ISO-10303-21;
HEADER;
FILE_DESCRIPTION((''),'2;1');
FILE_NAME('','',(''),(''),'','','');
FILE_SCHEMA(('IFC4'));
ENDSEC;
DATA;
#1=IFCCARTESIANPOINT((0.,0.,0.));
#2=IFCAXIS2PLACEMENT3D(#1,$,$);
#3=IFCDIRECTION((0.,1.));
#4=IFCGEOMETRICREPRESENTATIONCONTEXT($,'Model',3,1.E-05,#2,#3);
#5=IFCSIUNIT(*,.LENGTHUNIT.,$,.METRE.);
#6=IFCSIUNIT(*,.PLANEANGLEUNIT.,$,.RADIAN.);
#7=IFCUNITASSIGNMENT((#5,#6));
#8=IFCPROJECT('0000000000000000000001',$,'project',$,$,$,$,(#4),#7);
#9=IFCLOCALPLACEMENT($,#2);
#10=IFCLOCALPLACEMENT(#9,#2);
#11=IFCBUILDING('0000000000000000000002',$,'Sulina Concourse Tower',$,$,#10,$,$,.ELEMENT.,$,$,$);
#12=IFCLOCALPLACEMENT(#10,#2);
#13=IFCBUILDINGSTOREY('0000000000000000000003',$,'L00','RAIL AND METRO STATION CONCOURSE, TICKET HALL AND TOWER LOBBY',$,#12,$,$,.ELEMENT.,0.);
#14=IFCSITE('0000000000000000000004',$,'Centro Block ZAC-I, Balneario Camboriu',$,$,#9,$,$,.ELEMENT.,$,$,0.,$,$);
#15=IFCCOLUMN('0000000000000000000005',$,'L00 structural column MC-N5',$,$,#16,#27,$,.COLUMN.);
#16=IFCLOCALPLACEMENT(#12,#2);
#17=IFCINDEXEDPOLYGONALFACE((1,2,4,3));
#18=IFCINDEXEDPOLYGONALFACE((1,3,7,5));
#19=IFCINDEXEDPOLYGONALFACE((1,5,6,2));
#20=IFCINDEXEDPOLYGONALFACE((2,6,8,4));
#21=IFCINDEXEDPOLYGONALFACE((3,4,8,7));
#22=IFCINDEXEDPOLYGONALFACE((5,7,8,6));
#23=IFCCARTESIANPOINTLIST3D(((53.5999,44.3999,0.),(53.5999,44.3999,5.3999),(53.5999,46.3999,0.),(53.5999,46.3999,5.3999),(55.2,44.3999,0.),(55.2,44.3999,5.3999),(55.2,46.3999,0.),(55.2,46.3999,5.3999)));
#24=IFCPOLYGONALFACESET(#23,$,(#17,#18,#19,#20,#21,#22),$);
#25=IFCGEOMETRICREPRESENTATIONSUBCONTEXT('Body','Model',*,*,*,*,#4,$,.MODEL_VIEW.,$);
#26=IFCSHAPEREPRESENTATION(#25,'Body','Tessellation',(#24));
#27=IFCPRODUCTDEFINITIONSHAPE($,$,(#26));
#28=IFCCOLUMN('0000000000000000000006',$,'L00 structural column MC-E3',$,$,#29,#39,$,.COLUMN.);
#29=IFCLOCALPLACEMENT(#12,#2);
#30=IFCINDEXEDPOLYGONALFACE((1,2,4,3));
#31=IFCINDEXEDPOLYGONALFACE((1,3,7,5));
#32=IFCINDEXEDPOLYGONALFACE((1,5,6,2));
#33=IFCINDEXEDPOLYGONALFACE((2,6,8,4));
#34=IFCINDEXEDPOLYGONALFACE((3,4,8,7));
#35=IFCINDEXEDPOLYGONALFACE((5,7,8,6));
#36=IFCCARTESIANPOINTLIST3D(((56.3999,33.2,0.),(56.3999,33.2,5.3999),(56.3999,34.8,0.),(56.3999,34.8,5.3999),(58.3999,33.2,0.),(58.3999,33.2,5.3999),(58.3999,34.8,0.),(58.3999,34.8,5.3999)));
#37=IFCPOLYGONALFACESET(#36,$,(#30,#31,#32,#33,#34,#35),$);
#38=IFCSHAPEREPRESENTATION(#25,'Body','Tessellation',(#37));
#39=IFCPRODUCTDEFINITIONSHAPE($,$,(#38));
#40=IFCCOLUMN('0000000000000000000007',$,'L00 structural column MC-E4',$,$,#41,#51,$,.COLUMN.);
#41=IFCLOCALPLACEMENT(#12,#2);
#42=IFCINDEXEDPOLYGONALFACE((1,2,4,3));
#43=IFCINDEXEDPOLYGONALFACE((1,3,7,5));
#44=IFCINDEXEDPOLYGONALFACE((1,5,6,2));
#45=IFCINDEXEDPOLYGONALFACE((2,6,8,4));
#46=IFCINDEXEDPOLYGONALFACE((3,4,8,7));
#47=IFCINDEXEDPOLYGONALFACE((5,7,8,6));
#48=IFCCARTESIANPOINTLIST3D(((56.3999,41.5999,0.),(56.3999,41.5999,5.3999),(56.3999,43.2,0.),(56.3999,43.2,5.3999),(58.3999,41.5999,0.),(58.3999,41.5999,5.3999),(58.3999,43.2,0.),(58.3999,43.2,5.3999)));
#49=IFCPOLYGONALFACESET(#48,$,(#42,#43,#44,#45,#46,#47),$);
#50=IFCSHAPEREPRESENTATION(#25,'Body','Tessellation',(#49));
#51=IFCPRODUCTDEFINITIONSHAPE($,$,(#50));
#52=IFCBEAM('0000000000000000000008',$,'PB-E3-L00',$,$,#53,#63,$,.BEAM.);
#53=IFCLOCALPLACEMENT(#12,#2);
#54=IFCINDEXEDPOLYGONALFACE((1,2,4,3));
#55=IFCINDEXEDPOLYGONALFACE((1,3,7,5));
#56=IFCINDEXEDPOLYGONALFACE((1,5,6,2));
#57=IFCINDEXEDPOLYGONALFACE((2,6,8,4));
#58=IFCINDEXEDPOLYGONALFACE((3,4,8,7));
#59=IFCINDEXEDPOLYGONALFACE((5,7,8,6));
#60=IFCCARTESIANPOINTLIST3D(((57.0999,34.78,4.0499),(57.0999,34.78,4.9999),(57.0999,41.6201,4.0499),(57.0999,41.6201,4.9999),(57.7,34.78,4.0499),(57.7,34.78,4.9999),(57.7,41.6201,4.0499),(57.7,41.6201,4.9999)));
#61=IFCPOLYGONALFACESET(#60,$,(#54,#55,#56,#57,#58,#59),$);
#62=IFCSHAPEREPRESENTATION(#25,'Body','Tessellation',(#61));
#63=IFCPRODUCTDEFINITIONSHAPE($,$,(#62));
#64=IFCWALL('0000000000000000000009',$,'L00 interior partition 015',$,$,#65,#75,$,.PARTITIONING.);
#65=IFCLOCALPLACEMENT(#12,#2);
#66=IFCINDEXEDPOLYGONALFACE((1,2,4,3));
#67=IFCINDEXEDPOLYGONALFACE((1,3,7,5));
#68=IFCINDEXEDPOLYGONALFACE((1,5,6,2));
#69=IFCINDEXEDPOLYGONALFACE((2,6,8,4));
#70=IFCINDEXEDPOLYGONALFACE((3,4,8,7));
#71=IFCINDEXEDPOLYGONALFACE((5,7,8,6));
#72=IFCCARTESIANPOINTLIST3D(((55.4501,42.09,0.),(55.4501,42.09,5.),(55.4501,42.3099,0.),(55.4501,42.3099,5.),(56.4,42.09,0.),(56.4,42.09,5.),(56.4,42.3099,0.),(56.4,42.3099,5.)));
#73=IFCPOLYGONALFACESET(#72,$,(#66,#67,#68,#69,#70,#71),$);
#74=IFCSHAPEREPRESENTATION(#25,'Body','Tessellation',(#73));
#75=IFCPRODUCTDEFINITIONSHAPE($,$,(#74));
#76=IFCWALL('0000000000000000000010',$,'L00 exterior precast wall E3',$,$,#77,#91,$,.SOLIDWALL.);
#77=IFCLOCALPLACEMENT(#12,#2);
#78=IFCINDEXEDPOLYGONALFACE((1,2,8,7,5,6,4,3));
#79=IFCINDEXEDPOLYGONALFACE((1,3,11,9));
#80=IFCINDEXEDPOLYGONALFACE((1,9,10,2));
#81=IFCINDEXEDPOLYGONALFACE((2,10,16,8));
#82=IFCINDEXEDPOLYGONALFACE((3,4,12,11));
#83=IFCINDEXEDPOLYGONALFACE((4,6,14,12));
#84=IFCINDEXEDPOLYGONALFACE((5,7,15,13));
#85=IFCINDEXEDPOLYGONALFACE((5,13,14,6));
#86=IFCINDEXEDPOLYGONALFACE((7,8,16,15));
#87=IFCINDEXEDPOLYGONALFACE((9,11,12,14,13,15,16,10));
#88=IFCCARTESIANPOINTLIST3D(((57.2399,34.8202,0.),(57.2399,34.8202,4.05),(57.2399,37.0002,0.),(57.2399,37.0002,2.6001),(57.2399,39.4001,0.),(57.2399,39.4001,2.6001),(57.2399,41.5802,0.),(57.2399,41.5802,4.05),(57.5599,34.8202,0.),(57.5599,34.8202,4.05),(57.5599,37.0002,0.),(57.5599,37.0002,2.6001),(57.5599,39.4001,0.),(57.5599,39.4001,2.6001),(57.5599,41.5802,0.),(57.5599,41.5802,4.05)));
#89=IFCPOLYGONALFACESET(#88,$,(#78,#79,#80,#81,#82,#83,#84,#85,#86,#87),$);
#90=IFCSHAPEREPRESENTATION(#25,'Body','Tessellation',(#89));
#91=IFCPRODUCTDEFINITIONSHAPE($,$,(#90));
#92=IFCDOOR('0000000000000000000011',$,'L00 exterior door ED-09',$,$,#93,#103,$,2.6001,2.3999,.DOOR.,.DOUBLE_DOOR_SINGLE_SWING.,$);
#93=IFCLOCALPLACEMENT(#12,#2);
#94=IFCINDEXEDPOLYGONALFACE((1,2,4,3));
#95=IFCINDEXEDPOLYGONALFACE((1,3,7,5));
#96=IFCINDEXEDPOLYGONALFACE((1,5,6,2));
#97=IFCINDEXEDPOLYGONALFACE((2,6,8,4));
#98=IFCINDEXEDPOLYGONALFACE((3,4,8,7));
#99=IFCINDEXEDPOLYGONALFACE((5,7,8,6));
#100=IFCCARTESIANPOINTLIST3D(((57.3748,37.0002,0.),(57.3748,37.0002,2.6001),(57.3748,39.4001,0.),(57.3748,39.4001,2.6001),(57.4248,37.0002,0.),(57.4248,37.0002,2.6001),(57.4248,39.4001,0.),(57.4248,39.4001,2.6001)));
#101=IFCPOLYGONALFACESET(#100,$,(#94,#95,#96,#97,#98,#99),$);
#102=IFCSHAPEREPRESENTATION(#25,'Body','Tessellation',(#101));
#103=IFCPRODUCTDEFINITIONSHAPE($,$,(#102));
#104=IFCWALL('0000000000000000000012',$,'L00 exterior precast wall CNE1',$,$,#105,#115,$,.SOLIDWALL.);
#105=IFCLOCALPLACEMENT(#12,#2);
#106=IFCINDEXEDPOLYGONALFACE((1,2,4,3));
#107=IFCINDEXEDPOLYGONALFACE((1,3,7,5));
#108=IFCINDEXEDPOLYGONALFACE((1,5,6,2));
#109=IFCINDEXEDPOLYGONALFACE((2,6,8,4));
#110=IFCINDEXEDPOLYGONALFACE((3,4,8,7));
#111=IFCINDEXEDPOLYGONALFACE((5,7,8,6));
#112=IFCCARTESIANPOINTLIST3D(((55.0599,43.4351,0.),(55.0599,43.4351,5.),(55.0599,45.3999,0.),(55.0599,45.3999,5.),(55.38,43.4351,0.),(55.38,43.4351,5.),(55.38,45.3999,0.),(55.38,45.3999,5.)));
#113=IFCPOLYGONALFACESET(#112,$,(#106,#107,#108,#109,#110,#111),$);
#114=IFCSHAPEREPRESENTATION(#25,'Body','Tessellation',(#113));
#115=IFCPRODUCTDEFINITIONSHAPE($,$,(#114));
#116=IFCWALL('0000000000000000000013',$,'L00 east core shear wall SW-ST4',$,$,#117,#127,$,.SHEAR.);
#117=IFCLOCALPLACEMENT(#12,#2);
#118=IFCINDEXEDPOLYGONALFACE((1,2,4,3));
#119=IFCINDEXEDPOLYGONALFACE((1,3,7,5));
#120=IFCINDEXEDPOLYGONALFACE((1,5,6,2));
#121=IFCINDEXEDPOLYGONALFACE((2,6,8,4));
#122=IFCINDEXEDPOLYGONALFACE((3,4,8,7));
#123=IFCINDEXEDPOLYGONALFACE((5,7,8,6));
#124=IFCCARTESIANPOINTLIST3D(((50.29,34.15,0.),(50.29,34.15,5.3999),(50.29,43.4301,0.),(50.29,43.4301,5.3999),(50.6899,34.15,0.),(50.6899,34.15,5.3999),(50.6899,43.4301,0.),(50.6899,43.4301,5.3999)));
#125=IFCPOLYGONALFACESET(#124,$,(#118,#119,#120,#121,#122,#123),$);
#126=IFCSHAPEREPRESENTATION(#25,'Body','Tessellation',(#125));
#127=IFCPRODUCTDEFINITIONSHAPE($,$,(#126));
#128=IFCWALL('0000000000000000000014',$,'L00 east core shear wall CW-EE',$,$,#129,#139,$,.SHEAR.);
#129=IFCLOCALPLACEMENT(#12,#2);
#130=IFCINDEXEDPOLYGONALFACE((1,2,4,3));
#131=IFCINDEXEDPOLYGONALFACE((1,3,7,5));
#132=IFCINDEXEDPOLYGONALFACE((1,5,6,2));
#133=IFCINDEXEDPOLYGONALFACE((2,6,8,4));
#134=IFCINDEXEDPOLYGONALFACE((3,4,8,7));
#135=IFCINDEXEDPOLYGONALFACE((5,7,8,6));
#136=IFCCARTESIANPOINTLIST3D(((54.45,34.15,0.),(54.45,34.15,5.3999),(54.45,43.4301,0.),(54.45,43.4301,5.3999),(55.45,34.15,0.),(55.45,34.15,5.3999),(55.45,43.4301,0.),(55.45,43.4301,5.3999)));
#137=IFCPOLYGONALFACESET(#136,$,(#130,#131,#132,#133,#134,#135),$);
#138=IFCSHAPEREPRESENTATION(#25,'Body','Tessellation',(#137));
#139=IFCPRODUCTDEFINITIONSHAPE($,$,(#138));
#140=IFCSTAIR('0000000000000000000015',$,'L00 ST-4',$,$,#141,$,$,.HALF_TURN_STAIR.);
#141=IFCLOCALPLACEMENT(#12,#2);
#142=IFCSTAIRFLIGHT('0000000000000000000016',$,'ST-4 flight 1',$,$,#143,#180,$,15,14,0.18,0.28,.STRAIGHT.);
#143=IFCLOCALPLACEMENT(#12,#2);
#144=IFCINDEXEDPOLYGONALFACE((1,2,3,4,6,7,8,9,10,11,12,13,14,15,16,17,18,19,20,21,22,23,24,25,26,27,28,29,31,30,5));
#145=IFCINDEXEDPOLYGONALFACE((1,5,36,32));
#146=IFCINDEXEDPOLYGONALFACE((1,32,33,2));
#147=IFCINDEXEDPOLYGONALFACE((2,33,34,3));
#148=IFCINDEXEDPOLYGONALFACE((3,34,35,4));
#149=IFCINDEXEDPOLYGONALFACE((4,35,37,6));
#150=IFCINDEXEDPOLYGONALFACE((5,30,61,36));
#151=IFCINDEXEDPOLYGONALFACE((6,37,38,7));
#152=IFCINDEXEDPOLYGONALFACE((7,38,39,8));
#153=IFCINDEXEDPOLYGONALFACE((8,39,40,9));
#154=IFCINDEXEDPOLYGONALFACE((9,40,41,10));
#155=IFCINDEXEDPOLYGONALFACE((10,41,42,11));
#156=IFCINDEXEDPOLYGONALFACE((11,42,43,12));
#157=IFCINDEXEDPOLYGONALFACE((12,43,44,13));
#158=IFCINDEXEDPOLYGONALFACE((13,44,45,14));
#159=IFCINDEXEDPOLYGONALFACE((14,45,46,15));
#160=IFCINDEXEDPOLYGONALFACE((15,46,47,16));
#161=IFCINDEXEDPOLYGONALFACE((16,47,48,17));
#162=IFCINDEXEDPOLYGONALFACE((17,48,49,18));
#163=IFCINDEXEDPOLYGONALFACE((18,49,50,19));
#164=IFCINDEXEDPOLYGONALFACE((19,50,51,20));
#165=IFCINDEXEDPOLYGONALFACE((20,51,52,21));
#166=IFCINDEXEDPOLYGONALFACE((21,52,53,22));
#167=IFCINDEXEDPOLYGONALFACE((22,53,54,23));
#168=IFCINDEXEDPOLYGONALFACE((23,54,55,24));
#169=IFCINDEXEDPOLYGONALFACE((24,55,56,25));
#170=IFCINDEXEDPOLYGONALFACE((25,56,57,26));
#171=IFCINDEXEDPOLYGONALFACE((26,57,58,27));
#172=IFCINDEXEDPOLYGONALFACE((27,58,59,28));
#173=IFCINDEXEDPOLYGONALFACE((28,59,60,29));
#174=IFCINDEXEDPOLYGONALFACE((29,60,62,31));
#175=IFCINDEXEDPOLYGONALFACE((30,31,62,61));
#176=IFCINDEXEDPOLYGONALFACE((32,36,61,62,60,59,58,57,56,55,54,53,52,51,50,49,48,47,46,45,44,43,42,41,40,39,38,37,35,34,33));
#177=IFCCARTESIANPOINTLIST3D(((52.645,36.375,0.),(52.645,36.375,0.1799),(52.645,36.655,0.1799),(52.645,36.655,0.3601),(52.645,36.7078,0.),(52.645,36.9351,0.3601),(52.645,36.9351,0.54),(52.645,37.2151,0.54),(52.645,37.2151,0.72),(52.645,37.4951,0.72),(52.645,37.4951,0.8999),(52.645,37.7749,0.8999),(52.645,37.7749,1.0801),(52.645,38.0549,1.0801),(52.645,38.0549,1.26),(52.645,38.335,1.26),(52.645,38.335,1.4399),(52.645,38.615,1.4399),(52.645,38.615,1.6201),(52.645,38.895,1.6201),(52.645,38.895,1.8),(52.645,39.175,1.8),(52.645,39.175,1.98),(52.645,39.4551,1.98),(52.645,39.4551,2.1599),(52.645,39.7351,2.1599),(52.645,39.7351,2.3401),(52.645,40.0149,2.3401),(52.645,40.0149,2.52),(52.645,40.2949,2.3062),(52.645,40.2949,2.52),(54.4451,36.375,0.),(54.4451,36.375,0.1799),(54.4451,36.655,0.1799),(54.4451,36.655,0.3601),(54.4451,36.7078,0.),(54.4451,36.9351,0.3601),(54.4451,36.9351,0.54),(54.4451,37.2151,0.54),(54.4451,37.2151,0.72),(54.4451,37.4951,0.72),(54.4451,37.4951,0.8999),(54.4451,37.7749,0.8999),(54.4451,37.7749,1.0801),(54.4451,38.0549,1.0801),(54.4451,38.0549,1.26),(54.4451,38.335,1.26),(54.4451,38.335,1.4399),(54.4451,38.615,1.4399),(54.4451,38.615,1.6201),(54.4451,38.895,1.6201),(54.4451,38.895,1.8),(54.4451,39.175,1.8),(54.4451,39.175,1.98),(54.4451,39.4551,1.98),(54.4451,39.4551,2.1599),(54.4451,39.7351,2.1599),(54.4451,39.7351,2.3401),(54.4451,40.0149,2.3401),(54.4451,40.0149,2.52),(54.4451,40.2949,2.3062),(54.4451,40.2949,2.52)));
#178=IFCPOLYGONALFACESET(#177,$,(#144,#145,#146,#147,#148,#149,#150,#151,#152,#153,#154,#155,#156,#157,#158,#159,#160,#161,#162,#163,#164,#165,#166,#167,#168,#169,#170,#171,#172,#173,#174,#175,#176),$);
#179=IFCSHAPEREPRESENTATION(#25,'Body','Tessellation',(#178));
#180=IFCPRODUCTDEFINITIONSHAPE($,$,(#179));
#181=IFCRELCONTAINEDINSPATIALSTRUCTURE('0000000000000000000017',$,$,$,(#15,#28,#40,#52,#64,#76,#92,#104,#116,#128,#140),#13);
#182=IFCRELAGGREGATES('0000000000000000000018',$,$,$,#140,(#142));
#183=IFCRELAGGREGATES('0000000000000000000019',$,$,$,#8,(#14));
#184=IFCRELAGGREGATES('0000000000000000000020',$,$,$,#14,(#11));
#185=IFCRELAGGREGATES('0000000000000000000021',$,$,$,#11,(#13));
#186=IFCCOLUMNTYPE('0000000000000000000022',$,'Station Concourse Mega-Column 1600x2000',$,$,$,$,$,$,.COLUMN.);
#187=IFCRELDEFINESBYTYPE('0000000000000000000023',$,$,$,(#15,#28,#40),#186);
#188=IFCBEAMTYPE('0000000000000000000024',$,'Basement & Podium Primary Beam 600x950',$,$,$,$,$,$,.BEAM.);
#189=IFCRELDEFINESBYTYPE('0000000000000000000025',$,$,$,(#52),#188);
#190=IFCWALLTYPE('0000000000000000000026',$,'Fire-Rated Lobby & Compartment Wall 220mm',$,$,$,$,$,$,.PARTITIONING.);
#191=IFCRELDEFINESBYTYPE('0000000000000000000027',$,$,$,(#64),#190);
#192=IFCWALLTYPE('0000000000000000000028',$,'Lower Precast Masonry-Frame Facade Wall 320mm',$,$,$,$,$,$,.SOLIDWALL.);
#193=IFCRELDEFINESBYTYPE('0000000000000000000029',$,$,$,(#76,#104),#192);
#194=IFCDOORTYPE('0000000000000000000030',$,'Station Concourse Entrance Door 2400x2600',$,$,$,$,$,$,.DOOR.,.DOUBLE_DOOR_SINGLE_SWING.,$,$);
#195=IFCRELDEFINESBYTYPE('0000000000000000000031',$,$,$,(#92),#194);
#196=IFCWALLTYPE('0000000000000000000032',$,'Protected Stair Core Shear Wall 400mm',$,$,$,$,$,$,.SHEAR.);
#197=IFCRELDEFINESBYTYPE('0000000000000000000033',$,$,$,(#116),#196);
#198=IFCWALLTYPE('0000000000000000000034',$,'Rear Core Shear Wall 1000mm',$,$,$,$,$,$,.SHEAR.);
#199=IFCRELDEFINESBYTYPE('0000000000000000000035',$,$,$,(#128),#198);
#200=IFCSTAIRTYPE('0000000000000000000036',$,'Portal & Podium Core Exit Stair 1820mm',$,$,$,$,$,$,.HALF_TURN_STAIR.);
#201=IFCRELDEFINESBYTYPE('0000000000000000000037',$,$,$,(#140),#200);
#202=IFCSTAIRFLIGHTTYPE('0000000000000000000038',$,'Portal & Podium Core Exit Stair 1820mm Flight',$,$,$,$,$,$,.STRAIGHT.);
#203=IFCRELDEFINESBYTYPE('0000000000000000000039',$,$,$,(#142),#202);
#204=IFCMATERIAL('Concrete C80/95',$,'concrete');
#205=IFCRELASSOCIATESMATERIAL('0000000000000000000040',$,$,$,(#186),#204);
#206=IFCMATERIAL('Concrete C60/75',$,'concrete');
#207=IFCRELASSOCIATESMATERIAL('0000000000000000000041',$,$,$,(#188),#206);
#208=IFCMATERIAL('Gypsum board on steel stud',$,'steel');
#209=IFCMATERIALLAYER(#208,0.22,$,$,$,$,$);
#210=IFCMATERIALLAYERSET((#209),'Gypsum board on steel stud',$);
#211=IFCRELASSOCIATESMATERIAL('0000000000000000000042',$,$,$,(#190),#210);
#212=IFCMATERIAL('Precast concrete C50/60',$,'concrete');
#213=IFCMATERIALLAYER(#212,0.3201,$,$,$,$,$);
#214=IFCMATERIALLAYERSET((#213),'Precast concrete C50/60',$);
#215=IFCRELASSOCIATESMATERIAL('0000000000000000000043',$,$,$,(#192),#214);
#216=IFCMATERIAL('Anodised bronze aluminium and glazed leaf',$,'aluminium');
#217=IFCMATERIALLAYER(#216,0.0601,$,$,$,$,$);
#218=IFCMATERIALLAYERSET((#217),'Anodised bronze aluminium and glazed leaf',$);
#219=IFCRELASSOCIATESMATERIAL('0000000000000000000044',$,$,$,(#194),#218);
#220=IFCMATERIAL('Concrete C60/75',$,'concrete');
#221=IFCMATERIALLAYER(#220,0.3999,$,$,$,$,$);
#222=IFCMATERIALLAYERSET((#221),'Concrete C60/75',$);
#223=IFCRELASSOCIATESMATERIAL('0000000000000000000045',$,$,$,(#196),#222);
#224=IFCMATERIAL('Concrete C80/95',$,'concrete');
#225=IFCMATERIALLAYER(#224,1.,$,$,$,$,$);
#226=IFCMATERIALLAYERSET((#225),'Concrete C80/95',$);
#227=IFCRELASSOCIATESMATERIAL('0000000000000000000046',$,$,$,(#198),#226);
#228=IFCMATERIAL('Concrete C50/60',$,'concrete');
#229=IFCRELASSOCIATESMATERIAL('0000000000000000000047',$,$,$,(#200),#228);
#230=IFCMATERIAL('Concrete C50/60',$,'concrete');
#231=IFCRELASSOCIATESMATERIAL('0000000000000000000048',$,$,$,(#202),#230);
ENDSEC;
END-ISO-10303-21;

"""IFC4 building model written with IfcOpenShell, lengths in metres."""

from ifc_helpers import new_model, si_unit, direction, frame, frame_2d, origin, origin_2d, place, context, subcontext, project, spatial, polyline, rectangle, outline, extrude, material, layer, layer_set, material_profile, profile_set, type_object, element, fill, aggregate, save


model = new_model("IFC4")

# Units and contexts
model_context = context("Model", 3, precision=1e-05, world=origin(), true_north=direction((0.0, 1.0)))
body_context = subcontext(model_context, "Body", "Model", "MODEL_VIEW")
ifc_project = project(units=[si_unit("LENGTHUNIT", "METRE"), si_unit("PLANEANGLEUNIT", "RADIAN")], contexts=[model_context])

# Site, building, storey
site_placement = place(None, origin())
site = spatial("IfcSite", under=ifc_project, at=site_placement, Name="Centro Block ZAC-I, Balneario Camboriu", CompositionType="ELEMENT", RefElevation=0.0)
building_placement = place(site_placement, origin())
building = spatial("IfcBuilding", under=site, at=building_placement, Name="Sulina Concourse Tower", CompositionType="ELEMENT")
storey_placement = place(building_placement, origin())
storey = spatial("IfcBuildingStorey", under=building, at=storey_placement, Name="L00", Description="RAIL AND METRO STATION CONCOURSE, TICKET HALL AND TOWER LOBBY", CompositionType="ELEMENT", Elevation=0.0)

# Columns
ifc_material_1 = material(Name="Concrete C80/95", Category="concrete")
ifc_material_profile_1 = material_profile(ifc_material_1, rectangle(XDim=1.6001, YDim=2.0, at=origin_2d()), Name="RC 1600x2000")
ifc_profile_set_1 = profile_set([ifc_material_profile_1], Name="Concrete C80/95")
column_type = type_object("IfcColumnType", Name="Station Concourse Mega-Column 1600x2000", PredefinedType="COLUMN", material=ifc_profile_set_1)
for number, where, z_axis, x_axis, name in (
    (1, (54.3999, 45.3999, 0.0), (0.0, 0.0, 1.0), (1.0, 0.0, 0.0), "L00 structural column MC-N5"),
    (2, (57.3999, 34.0, 0.0), (0.0, 0.0, 1.0), (0.0, 1.0, 0.0), "L00 structural column MC-E3"),
    (3, (57.3999, 42.3999, 0.0), (0.0, 0.0, 1.0), (0.0, 1.0, 0.0), "L00 structural column MC-E4"),
):
    element("IfcColumn", number, at=place(storey_placement, frame(where, z_axis=z_axis, x_axis=x_axis)), inside=storey, type_object=column_type, Name=name, PredefinedType="COLUMN", context=body_context, shape_type="SweptSolid", body=[
        extrude(rectangle(XDim=1.6001, YDim=2.0, at=origin_2d()), origin(), (0.0, 0.0, 1.0), 5.3999),
    ])

# Beam
ifc_material_2 = material(Name="Concrete C60/75", Category="concrete")
ifc_material_profile_2 = material_profile(ifc_material_2, rectangle(XDim=0.6001, YDim=0.95, at=origin_2d()), Name="RC 600x950")
ifc_profile_set_2 = profile_set([ifc_material_profile_2], Name="Concrete C60/75")
beam_type = type_object("IfcBeamType", Name="Basement & Podium Primary Beam 600x950", PredefinedType="BEAM", material=ifc_profile_set_2)
beam_placement = place(storey_placement, frame((57.3999, 34.78, 4.5249), z_axis=(0.0, 1.0, 0.0), x_axis=(-1.0, 0.0, 0.0)))
element("IfcBeam", 4, at=beam_placement, inside=storey, type_object=beam_type, Name="PB-E3-L00", PredefinedType="BEAM", context=body_context, shape_type="SweptSolid", body=[
    extrude(rectangle(XDim=0.6001, YDim=0.95, at=origin_2d()), origin(), (0.0, 0.0, 1.0), 6.8401),
])

# Wall
ifc_material_3 = material(Name="Gypsum board on steel stud", Category="steel")
ifc_layer_1 = layer(ifc_material_3, 0.22)
ifc_layer_set_1 = layer_set([ifc_layer_1], Name="Gypsum board on steel stud")
wall_type_1 = type_object("IfcWallType", Name="Fire-Rated Lobby & Compartment Wall 220mm", PredefinedType="PARTITIONING", material=ifc_layer_set_1)
wall_1_placement = place(storey_placement, frame((55.45, 42.2, 0.0), z_axis=(0.0, 0.0, 1.0), x_axis=(1.0, 0.0, 0.0)))
element("IfcWall", 5, at=wall_1_placement, inside=storey, type_object=wall_type_1, Name="L00 interior partition 015", PredefinedType="PARTITIONING", context=body_context, shape_type="SweptSolid", body=[
    extrude(rectangle(XDim=0.95, YDim=0.22, at=frame_2d((0.4751, 0.0))), origin(), (0.0, 0.0, 1.0), 5.0),
])

# Wall, opening, door
ifc_material_4 = material(Name="Precast concrete C50/60", Category="concrete")
ifc_layer_2 = layer(ifc_material_4, 0.3201)
ifc_layer_set_2 = layer_set([ifc_layer_2], Name="Precast concrete C50/60")
wall_type_2 = type_object("IfcWallType", Name="Lower Precast Masonry-Frame Facade Wall 320mm", PredefinedType="SOLIDWALL", material=ifc_layer_set_2)
wall_2_placement = place(storey_placement, frame((57.3999, 41.5801, 0.0), z_axis=(0.0, 0.0, 1.0), x_axis=(0.0, -1.0, 0.0)))
wall_2 = element("IfcWall", 6, at=wall_2_placement, inside=storey, type_object=wall_type_2, Name="L00 exterior precast wall E3", PredefinedType="SOLIDWALL", context=body_context, shape_type="SweptSolid", body=[
    extrude(rectangle(XDim=6.76, YDim=0.3201, at=frame_2d((3.3799, 0.0))), origin(), (0.0, 0.0, 1.0), 4.05),
])
opening_1_placement = place(wall_2_placement, frame((2.1799, 0.0, 0.0)))
opening_1 = element("IfcOpeningElement", 7, at=opening_1_placement, cuts=wall_2, PredefinedType="OPENING", context=body_context, shape_type="SweptSolid", body=[
    extrude(rectangle(XDim=2.3999, YDim=2.6001, at=frame_2d((1.2, 1.3))), frame((0.0, 0.1699, 0.0), z_axis=(0.0, -1.0, 0.0), x_axis=(1.0, 0.0, 0.0)), (0.0, 0.0, 1.0), 0.3401),
])
ifc_material_5 = material(Name="Anodised bronze aluminium and glazed leaf", Category="aluminium")
ifc_layer_3 = layer(ifc_material_5, 0.0601)
ifc_layer_set_3 = layer_set([ifc_layer_3], Name="Anodised bronze aluminium and glazed leaf")
door_type_1 = type_object("IfcDoorType", Name="Station Concourse Entrance Door 2400x2600", OperationType="DOUBLE_DOOR_SINGLE_SWING", PredefinedType="DOOR", material=ifc_layer_set_3)
door_1_placement = place(opening_1_placement, origin())
door_1 = element("IfcDoor", 8, at=door_1_placement, inside=storey, type_object=door_type_1, Name="L00 exterior door ED-09", OperationType="DOUBLE_DOOR_SINGLE_SWING", OverallHeight=2.6001, OverallWidth=2.3999, PredefinedType="DOOR", context=body_context, shape_type="SweptSolid", body=[
    extrude(rectangle(XDim=2.3999, YDim=2.6001, at=frame_2d((1.2, 1.3))), frame((0.0, 0.0249, 0.0), z_axis=(0.0, -1.0, 0.0), x_axis=(1.0, 0.0, 0.0)), (0.0, 0.0, 1.0), 0.05),
])
fill(opening_1, door_1)

# Walls
wall_3_placement = place(storey_placement, frame((55.22, 45.3999, 0.0), z_axis=(0.0, 0.0, 1.0), x_axis=(0.0, -1.0, 0.0)))
element("IfcWall", 9, at=wall_3_placement, inside=storey, type_object=wall_type_2, Name="L00 exterior precast wall CNE1", PredefinedType="SOLIDWALL", context=body_context, shape_type="SweptSolid", body=[
    extrude(rectangle(XDim=1.9648, YDim=0.3201, at=frame_2d((0.9824, 0.0))), origin(), (0.0, 0.0, 1.0), 5.0),
])
ifc_material_6 = material(Name="Concrete C60/75", Category="concrete")
ifc_layer_4 = layer(ifc_material_6, 0.3999)
ifc_layer_set_4 = layer_set([ifc_layer_4], Name="Concrete C60/75")
wall_type_3 = type_object("IfcWallType", Name="Protected Stair Core Shear Wall 400mm", PredefinedType="SHEAR", material=ifc_layer_set_4)
wall_4_placement = place(storey_placement, frame((50.49, 34.1499, 0.0), z_axis=(0.0, 0.0, 1.0), x_axis=(0.0, 1.0, 0.0)))
element("IfcWall", 10, at=wall_4_placement, inside=storey, type_object=wall_type_3, Name="L00 east core shear wall SW-ST4", PredefinedType="SHEAR", context=body_context, shape_type="SweptSolid", body=[
    extrude(rectangle(XDim=9.28, YDim=0.3999, at=frame_2d((4.6401, 0.0))), origin(), (0.0, 0.0, 1.0), 5.3999),
])
ifc_material_7 = material(Name="Concrete C80/95", Category="concrete")
ifc_layer_5 = layer(ifc_material_7, 1.0)
ifc_layer_set_5 = layer_set([ifc_layer_5], Name="Concrete C80/95")
wall_type_4 = type_object("IfcWallType", Name="Rear Core Shear Wall 1000mm", PredefinedType="SHEAR", material=ifc_layer_set_5)
wall_5_placement = place(storey_placement, frame((54.95, 34.1499, 0.0), z_axis=(0.0, 0.0, 1.0), x_axis=(0.0, 1.0, 0.0)))
element("IfcWall", 11, at=wall_5_placement, inside=storey, type_object=wall_type_4, Name="L00 east core shear wall CW-EE", PredefinedType="SHEAR", context=body_context, shape_type="SweptSolid", body=[
    extrude(rectangle(XDim=9.28, YDim=1.0, at=frame_2d((4.6401, 0.0))), origin(), (0.0, 0.0, 1.0), 5.3999),
])

# Stair, stair flight
ifc_material_8 = material(Name="Concrete C50/60", Category="concrete")
stair_type = type_object("IfcStairType", Name="Portal & Podium Core Exit Stair 1820mm", PredefinedType="HALF_TURN_STAIR", material=ifc_material_8)
stair_placement = place(storey_placement, origin())
stair = element("IfcStair", 12, at=stair_placement, inside=storey, type_object=stair_type, Name="L00 ST-4", PredefinedType="HALF_TURN_STAIR")
ifc_material_9 = material(Name="Concrete C50/60", Category="concrete")
stair_flight_type = type_object("IfcStairFlightType", Name="Portal & Podium Core Exit Stair 1820mm Flight", PredefinedType="STRAIGHT", material=ifc_material_9)
stair_flight_1_placement = place(storey_placement, frame((53.5449, 36.375, 0.0), z_axis=(0.0, 0.0, 1.0), x_axis=(0.0, 1.0, 0.0)))
stair_flight_1 = element("IfcStairFlight", 13, at=stair_flight_1_placement, type_object=stair_flight_type, Name="ST-4 flight 1", NumberOfRisers=15, NumberOfTreads=14, PredefinedType="STRAIGHT", RiserHeight=0.18, TreadLength=0.28, context=body_context, shape_type="SweptSolid", body=[
    extrude(outline(polyline([(0.0, 0.0), (0.0, 0.1799), (0.28, 0.1799), (0.28, 0.3601), (0.5601, 0.3601), (0.5601, 0.54), (0.8401, 0.54), (0.8401, 0.72), (1.1201, 0.72), (1.1201, 0.8999), (1.3999, 0.8999), (1.3999, 1.0801), (1.6799, 1.0801), (1.6799, 1.26), (1.96, 1.26), (1.96, 1.4399), (2.24, 1.4399), (2.24, 1.6201), (2.52, 1.6201), (2.52, 1.8), (2.8, 1.8), (2.8, 1.98), (3.0801, 1.98), (3.0801, 2.1599), (3.3601, 2.1599), (3.3601, 2.3401), (3.6399, 2.3401), (3.6399, 2.52), (3.9199, 2.52), (3.9199, 2.7), (3.9199, 2.3062), (0.3328, 0.0), (0.0, 0.0)])), frame((0.0, 0.8999, 0.0), z_axis=(0.0, -1.0, 0.0), x_axis=(1.0, 0.0, 0.0)), (0.0, 0.0, 1.0), 1.8),
])
aggregate(stair, [stair_flight_1])

save(model, "model.ifc")
